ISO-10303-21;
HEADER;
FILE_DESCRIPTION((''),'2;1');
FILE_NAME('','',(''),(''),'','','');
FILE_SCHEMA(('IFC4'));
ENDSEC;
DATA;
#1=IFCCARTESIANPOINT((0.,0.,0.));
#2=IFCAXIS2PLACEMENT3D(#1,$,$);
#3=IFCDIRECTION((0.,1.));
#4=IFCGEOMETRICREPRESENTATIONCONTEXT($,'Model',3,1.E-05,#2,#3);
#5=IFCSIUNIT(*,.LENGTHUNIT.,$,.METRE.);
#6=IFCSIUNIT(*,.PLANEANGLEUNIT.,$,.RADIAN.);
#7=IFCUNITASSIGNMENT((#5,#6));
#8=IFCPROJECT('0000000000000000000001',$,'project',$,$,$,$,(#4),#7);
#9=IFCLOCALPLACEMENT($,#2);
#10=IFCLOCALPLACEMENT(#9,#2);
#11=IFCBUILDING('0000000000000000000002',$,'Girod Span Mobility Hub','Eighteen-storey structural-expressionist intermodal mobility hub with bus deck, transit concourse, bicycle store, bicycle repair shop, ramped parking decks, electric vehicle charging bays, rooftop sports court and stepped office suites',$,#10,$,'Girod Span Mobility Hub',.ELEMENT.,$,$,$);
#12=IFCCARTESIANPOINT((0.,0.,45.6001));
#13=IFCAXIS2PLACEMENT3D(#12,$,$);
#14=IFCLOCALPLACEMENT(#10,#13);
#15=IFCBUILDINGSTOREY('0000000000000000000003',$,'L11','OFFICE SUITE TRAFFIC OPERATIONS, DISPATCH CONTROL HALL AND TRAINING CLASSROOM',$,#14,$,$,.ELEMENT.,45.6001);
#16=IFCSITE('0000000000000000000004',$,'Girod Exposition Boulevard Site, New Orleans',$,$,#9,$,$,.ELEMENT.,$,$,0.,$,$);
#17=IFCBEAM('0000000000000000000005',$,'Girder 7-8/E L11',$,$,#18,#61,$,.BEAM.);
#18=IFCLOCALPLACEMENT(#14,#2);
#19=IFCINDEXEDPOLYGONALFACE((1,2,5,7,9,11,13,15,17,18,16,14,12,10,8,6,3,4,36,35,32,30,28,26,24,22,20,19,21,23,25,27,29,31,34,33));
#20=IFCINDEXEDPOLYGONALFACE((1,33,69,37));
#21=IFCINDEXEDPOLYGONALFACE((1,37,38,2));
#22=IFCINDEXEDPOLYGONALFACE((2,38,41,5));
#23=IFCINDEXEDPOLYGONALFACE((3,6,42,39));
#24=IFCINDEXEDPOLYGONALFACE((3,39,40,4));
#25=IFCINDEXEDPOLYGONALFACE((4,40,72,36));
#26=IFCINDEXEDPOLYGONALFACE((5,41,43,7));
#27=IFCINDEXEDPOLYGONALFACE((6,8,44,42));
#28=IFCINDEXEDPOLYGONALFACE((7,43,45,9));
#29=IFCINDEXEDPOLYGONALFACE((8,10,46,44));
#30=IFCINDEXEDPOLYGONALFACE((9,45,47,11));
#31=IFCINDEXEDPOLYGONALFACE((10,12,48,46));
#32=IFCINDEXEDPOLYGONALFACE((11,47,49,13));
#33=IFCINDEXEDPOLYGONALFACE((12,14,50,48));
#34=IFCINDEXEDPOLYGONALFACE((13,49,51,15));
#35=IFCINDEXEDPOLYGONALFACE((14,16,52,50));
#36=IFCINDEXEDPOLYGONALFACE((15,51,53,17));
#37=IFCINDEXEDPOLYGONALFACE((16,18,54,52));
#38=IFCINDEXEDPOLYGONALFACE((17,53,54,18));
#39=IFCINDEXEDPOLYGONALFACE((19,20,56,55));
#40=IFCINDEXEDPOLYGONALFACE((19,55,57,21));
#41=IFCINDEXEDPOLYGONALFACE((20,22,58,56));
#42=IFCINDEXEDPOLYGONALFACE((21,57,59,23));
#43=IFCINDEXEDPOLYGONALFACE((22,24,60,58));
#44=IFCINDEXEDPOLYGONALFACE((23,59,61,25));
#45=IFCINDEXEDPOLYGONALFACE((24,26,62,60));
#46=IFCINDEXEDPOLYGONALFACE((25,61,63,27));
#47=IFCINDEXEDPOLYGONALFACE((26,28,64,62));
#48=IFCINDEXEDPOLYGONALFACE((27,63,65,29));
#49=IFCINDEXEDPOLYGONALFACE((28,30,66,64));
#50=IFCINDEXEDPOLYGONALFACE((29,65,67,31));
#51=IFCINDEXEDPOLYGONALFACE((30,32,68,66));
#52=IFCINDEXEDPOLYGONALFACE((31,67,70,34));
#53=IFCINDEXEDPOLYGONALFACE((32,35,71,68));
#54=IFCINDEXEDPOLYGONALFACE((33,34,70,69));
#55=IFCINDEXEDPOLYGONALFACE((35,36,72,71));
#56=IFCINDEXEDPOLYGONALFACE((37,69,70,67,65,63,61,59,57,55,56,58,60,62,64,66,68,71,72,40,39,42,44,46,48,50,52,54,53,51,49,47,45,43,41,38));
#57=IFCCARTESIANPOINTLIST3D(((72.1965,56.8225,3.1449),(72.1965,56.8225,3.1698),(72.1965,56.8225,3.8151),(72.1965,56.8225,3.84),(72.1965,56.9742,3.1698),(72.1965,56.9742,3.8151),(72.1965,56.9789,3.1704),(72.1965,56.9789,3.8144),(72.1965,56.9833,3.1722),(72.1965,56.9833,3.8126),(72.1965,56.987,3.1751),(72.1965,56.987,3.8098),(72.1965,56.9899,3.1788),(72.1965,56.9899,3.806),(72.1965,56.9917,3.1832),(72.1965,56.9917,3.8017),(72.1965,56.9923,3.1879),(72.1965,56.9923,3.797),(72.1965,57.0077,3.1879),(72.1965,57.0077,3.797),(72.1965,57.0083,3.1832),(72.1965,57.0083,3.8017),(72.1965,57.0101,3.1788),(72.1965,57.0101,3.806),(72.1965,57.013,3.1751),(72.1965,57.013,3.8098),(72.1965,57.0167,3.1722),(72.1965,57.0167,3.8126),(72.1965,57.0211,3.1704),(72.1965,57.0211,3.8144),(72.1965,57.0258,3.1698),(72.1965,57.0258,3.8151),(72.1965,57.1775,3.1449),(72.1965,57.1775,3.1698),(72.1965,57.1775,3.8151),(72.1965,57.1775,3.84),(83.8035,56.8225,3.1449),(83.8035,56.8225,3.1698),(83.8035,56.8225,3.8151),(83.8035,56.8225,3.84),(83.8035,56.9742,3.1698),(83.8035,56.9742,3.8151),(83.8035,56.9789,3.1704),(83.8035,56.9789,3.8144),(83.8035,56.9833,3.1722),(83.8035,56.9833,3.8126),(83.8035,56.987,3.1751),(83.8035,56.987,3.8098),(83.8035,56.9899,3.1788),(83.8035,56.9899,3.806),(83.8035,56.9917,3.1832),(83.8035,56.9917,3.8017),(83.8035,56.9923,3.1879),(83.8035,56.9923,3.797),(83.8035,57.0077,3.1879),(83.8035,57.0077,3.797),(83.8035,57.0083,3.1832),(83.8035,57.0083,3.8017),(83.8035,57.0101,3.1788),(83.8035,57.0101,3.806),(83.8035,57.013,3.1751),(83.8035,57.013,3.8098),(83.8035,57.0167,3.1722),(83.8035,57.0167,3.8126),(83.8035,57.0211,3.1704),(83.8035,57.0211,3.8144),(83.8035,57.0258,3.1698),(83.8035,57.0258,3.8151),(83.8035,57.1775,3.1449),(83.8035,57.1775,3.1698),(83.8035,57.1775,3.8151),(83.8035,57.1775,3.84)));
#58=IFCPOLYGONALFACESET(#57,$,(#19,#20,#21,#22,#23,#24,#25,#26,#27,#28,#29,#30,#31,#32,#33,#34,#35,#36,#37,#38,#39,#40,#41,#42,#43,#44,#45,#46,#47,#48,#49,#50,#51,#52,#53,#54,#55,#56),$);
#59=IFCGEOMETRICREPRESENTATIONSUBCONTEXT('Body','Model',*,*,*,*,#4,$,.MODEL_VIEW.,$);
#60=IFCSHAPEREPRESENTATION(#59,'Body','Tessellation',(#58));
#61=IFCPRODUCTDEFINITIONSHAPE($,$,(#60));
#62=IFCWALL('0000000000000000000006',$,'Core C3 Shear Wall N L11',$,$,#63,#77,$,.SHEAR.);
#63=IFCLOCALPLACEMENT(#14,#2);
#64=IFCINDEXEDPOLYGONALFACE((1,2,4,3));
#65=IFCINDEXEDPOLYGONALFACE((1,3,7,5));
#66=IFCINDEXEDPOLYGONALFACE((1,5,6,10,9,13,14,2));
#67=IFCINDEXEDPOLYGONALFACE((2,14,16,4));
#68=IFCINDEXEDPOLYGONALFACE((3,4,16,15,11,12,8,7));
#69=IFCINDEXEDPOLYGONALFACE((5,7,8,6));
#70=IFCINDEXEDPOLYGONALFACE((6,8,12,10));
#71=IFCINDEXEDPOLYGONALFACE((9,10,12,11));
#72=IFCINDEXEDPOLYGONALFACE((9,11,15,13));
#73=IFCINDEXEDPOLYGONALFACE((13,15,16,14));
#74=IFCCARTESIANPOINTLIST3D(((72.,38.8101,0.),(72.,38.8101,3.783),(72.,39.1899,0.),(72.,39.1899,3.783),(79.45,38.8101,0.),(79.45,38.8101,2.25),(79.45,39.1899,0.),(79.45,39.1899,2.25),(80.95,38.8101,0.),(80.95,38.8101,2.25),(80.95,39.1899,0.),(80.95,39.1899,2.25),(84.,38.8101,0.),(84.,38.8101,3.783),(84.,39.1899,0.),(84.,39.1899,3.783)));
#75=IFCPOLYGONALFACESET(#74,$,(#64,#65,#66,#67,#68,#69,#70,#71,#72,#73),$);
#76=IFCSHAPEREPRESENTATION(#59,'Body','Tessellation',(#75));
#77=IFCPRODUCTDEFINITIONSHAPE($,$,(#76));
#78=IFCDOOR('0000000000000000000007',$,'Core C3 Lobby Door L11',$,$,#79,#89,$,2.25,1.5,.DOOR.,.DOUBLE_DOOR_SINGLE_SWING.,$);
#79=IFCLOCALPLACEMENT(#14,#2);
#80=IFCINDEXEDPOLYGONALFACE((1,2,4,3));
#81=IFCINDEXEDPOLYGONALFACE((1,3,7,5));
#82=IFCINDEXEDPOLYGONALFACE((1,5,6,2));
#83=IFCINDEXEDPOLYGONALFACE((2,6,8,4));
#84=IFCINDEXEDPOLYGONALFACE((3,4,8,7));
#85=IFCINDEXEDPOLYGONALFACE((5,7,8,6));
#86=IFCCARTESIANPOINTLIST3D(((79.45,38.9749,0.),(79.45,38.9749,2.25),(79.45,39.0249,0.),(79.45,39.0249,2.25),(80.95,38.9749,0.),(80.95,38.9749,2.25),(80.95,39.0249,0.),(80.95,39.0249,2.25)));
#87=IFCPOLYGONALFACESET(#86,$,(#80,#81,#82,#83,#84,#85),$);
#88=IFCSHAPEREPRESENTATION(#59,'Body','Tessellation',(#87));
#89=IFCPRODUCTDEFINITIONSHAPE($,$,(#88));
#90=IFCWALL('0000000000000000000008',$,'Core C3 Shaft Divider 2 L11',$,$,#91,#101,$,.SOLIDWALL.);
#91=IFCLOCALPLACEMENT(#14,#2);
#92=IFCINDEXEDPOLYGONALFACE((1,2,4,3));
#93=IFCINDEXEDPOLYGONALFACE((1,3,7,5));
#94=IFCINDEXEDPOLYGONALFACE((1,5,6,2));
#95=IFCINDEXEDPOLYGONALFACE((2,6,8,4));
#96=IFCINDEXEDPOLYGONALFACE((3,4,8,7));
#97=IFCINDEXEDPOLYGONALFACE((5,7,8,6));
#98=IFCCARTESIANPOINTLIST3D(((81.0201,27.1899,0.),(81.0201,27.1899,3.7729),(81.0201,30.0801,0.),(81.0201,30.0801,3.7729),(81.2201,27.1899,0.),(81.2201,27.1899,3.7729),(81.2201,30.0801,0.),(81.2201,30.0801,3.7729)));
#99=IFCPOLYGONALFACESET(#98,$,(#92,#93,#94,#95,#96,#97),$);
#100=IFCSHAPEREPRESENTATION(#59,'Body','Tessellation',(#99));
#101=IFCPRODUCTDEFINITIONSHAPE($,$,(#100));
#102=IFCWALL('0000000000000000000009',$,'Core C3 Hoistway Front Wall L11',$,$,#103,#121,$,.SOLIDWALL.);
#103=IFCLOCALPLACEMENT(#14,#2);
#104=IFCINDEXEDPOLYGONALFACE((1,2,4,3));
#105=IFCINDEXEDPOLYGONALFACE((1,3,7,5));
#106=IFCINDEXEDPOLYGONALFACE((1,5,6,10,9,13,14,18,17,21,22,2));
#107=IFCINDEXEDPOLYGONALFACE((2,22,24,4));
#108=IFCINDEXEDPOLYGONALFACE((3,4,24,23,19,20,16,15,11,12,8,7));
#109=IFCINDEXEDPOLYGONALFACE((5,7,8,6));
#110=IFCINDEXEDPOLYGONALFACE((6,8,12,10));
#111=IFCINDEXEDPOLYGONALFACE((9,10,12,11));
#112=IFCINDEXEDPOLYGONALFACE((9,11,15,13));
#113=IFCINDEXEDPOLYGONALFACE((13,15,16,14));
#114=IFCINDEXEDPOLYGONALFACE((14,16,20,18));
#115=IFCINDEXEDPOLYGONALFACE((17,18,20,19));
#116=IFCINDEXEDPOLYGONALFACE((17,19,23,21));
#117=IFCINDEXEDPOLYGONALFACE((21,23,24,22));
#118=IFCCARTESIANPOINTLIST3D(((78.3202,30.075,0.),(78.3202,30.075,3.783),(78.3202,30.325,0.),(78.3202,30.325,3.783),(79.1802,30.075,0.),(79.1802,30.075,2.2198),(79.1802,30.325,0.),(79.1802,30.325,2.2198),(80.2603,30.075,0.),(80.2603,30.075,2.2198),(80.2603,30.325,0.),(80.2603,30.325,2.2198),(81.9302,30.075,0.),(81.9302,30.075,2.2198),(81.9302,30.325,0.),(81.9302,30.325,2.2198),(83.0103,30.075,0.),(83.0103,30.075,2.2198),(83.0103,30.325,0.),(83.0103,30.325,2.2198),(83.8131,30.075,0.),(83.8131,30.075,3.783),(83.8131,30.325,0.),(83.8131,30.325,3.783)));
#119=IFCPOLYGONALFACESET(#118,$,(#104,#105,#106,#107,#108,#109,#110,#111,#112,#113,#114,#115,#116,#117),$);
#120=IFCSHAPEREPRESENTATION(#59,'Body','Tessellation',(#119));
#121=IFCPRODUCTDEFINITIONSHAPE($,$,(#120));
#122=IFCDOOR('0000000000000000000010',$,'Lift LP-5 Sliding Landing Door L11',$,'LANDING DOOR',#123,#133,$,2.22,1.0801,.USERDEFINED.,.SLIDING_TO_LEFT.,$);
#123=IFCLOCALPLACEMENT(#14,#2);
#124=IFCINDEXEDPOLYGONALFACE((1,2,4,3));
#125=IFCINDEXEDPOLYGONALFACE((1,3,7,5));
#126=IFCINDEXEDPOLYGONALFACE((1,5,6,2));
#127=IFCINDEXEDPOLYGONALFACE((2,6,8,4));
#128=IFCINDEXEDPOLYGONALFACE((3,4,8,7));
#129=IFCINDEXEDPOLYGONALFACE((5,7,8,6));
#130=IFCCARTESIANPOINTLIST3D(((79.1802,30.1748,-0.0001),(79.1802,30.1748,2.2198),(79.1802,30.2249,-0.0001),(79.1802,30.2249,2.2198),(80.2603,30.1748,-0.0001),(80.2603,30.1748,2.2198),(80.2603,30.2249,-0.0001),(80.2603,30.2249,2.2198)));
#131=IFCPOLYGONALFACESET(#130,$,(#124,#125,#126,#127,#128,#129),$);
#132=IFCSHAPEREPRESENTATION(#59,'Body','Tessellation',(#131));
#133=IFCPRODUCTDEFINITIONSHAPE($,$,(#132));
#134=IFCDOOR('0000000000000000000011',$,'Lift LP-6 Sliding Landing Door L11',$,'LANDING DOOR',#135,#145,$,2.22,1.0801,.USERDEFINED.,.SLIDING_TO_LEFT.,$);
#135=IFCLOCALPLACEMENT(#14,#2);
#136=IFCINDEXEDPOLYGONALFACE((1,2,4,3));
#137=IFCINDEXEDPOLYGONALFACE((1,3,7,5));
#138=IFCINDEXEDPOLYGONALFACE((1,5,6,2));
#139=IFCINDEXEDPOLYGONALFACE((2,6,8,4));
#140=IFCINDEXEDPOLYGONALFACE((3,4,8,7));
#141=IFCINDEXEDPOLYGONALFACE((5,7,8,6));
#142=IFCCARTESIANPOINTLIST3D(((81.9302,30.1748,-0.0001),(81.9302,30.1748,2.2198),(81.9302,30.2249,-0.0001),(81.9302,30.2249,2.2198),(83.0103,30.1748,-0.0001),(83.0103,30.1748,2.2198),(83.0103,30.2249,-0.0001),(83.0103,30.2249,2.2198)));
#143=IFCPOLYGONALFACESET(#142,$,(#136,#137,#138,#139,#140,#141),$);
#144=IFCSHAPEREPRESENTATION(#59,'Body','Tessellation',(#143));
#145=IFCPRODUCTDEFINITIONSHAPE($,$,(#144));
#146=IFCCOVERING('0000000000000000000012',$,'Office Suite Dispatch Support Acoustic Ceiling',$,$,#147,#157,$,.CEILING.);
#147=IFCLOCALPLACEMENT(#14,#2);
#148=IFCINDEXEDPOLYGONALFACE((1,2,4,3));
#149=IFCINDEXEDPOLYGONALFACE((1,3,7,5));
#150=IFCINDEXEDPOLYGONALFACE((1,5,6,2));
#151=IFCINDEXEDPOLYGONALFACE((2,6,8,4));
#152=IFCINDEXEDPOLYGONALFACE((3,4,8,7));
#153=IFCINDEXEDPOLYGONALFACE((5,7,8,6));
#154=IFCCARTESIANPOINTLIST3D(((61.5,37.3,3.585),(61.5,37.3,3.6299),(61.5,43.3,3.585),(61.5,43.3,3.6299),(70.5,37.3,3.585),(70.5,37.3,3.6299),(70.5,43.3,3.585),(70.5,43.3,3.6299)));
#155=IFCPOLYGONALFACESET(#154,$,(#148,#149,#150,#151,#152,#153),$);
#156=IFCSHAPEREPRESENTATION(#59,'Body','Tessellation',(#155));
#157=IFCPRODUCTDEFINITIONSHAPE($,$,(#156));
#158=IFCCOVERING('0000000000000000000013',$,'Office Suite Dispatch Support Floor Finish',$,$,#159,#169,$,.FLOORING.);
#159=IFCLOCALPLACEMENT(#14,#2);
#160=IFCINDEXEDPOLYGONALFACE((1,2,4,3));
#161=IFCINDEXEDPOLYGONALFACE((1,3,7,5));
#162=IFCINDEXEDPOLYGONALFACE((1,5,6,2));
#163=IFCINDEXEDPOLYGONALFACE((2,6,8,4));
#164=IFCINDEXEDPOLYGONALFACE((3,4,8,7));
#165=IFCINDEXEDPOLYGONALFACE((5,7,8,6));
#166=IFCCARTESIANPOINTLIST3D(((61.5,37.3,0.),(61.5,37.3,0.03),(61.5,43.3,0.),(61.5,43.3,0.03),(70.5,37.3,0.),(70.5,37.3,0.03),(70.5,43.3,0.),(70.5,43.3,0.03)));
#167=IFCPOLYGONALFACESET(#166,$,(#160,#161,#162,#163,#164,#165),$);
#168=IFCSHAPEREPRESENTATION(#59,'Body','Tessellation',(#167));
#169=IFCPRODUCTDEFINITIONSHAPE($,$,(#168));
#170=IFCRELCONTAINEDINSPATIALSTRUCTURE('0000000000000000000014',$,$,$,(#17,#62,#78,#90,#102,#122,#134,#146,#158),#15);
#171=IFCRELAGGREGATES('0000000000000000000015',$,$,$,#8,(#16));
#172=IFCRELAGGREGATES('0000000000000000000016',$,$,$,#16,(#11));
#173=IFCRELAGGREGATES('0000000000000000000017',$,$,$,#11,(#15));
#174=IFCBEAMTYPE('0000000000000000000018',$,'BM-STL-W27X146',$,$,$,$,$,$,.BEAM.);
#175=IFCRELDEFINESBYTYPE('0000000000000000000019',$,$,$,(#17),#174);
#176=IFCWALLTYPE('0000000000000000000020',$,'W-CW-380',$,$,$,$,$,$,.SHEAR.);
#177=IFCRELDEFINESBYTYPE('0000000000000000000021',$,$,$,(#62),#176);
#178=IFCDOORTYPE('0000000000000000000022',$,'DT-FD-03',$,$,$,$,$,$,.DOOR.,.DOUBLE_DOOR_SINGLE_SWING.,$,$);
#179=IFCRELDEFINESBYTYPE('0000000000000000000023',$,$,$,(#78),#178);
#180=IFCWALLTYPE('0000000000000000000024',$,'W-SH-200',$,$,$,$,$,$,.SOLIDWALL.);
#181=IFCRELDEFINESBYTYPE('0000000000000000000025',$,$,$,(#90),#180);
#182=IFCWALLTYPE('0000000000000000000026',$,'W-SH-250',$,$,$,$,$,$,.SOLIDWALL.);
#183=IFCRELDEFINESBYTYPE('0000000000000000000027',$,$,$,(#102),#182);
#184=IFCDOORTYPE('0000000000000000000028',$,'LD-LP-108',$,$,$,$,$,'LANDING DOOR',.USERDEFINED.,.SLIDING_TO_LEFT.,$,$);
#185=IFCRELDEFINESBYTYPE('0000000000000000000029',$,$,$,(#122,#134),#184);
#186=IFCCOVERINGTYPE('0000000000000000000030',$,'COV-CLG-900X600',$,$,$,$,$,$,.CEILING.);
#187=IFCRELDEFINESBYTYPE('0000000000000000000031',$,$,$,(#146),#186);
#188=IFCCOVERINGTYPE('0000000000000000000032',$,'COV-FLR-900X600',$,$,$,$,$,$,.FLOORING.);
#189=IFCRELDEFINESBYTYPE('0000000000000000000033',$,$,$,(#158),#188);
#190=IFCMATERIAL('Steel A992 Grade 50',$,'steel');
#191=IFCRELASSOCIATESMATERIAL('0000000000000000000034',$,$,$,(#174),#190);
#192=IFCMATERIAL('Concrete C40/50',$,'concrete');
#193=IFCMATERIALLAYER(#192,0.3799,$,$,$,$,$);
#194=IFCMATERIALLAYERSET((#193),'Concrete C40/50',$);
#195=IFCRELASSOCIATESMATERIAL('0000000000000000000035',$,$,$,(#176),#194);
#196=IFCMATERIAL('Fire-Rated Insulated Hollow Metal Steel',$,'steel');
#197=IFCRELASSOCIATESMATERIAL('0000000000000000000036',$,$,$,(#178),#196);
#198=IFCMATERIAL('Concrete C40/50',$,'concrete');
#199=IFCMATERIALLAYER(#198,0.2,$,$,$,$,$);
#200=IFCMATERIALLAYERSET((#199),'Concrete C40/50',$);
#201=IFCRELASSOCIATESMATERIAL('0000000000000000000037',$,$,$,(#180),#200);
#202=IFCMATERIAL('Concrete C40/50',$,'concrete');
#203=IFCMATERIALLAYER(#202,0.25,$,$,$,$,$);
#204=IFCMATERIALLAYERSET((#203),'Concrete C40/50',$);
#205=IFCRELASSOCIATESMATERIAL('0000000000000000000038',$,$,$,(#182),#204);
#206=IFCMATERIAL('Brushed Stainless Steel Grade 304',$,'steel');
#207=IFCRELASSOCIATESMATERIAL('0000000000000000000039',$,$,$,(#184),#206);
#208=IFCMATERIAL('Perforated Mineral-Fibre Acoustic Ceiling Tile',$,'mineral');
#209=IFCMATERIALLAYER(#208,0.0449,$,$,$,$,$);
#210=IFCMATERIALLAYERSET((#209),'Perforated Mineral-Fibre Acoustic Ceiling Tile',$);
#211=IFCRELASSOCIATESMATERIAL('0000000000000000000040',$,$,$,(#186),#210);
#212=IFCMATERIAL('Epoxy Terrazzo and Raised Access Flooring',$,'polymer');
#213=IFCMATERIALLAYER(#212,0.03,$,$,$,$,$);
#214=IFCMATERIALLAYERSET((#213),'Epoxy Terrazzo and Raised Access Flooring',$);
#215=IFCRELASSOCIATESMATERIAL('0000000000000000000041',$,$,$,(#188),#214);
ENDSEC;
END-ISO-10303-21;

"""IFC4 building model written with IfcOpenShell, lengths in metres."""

from ifc_helpers import new_model, si_unit, direction, frame, frame_2d, origin, origin_2d, place, context, subcontext, project, spatial, rectangle, i_section, extrude, material, layer, layer_set, material_profile, profile_set, type_object, element, fill, save


model = new_model("IFC4")

# Units and contexts
model_context = context("Model", 3, precision=1e-05, world=origin(), true_north=direction((0.0, 1.0)))
body_context = subcontext(model_context, "Body", "Model", "MODEL_VIEW")
ifc_project = project(units=[si_unit("LENGTHUNIT", "METRE"), si_unit("PLANEANGLEUNIT", "RADIAN")], contexts=[model_context])

# Site, building, storey
site_placement = place(None, origin())
site = spatial("IfcSite", under=ifc_project, at=site_placement, Name="Girod Exposition Boulevard Site, New Orleans", CompositionType="ELEMENT", RefElevation=0.0)
building_placement = place(site_placement, origin())
building = spatial("IfcBuilding", under=site, at=building_placement, Name="Girod Span Mobility Hub", Description="Eighteen-storey structural-expressionist intermodal mobility hub with bus deck, transit concourse, bicycle store, bicycle repair shop, ramped parking decks, electric vehicle charging bays, rooftop sports court and stepped office suites", LongName="Girod Span Mobility Hub", CompositionType="ELEMENT")
storey_placement = place(building_placement, frame((0.0, 0.0, 45.6001)))
storey = spatial("IfcBuildingStorey", under=building, at=storey_placement, Name="L11", Description="OFFICE SUITE TRAFFIC OPERATIONS, DISPATCH CONTROL HALL AND TRAINING CLASSROOM", CompositionType="ELEMENT", Elevation=45.6001)

# Beam
ifc_material_1 = material(Name="Steel A992 Grade 50", Category="steel")
ifc_material_profile_1 = material_profile(ifc_material_1, i_section(OverallWidth=0.355, OverallDepth=0.6951, WebThickness=0.0154, FlangeThickness=0.0249, FilletRadius=0.0181, at=origin_2d()), Name="W27X146")
ifc_profile_set_1 = profile_set([ifc_material_profile_1], Name="Steel A992 Grade 50")
beam_type_1 = type_object("IfcBeamType", Name="BM-STL-W27X146", PredefinedType="BEAM", material=ifc_profile_set_1)
for number, where, z_axis, x_axis, name in (
    (1, (72.1965, 57.0, 3.4924), (1.0, 0.0, 0.0), (0.0, 1.0, 0.0), "Girder 7-8/E L11"),
):
    element("IfcBeam", number, at=place(storey_placement, frame(where, z_axis=z_axis, x_axis=x_axis)), inside=storey, type_object=beam_type_1, Name=name, PredefinedType="BEAM", context=body_context, shape_type="SweptSolid", body=[
        extrude(i_section(OverallWidth=0.355, OverallDepth=0.6951, WebThickness=0.0154, FlangeThickness=0.0249, FilletRadius=0.0181, at=origin_2d()), origin(), (0.0, 0.0, 1.0), 11.6069),
    ])

# Wall, opening, door
ifc_material_2 = material(Name="Concrete C40/50", Category="concrete")
ifc_layer_1 = layer(ifc_material_2, 0.3799)
ifc_layer_set_1 = layer_set([ifc_layer_1], Name="Concrete C40/50")
wall_type_1 = type_object("IfcWallType", Name="W-CW-380", PredefinedType="SHEAR", material=ifc_layer_set_1)
wall_1_placement = place(storey_placement, frame((72.0, 39.0, 0.0), z_axis=(0.0, 0.0, 1.0), x_axis=(1.0, 0.0, 0.0)))
wall_1 = element("IfcWall", 2, at=wall_1_placement, inside=storey, type_object=wall_type_1, Name="Core C3 Shear Wall N L11", PredefinedType="SHEAR", context=body_context, shape_type="SweptSolid", body=[
    extrude(rectangle(XDim=12.0, YDim=0.3799, at=frame_2d((6.0, 0.0))), origin(), (0.0, 0.0, 1.0), 3.783),
])
opening_1_placement = place(wall_1_placement, frame((7.45, 0.0, 0.0)))
opening_1 = element("IfcOpeningElement", 3, at=opening_1_placement, cuts=wall_1, PredefinedType="OPENING", context=body_context, shape_type="SweptSolid", body=[
    extrude(rectangle(XDim=1.5, YDim=2.25, at=frame_2d((0.75, 1.125))), frame((0.0, 0.2048, 0.0), z_axis=(0.0, -1.0, 0.0), x_axis=(1.0, 0.0, 0.0)), (0.0, 0.0, 1.0), 0.4099),
])
ifc_material_3 = material(Name="Fire-Rated Insulated Hollow Metal Steel", Category="steel")
door_type_1 = type_object("IfcDoorType", Name="DT-FD-03", OperationType="DOUBLE_DOOR_SINGLE_SWING", PredefinedType="DOOR", material=ifc_material_3)
door_1_placement = place(opening_1_placement, origin())
door_1 = element("IfcDoor", 4, at=door_1_placement, inside=storey, type_object=door_type_1, Name="Core C3 Lobby Door L11", OperationType="DOUBLE_DOOR_SINGLE_SWING", OverallHeight=2.25, OverallWidth=1.5, PredefinedType="DOOR", context=body_context, shape_type="SweptSolid", body=[
    extrude(rectangle(XDim=1.5, YDim=2.25, at=frame_2d((0.75, 1.125))), frame((0.0, 0.0249, 0.0), z_axis=(0.0, -1.0, 0.0), x_axis=(1.0, 0.0, 0.0)), (0.0, 0.0, 1.0), 0.05),
])
fill(opening_1, door_1)

# Wall
ifc_material_4 = material(Name="Concrete C40/50", Category="concrete")
ifc_layer_2 = layer(ifc_material_4, 0.2)
ifc_layer_set_2 = layer_set([ifc_layer_2], Name="Concrete C40/50")
wall_type_2 = type_object("IfcWallType", Name="W-SH-200", PredefinedType="SOLIDWALL", material=ifc_layer_set_2)
wall_2_placement = place(storey_placement, frame((81.1201, 27.1899, 0.0), z_axis=(0.0, 0.0, 1.0), x_axis=(0.0, 1.0, 0.0)))
element("IfcWall", 5, at=wall_2_placement, inside=storey, type_object=wall_type_2, Name="Core C3 Shaft Divider 2 L11", PredefinedType="SOLIDWALL", context=body_context, shape_type="SweptSolid", body=[
    extrude(rectangle(XDim=2.8901, YDim=0.2, at=frame_2d((1.4451, 0.0))), origin(), (0.0, 0.0, 1.0), 3.7729),
])

# Wall, openings, doors
ifc_material_5 = material(Name="Concrete C40/50", Category="concrete")
ifc_layer_3 = layer(ifc_material_5, 0.25)
ifc_layer_set_3 = layer_set([ifc_layer_3], Name="Concrete C40/50")
wall_type_3 = type_object("IfcWallType", Name="W-SH-250", PredefinedType="SOLIDWALL", material=ifc_layer_set_3)
wall_3_placement = place(storey_placement, frame((78.3201, 30.2, 0.0), z_axis=(0.0, 0.0, 1.0), x_axis=(1.0, 0.0, 0.0)))
wall_3 = element("IfcWall", 6, at=wall_3_placement, inside=storey, type_object=wall_type_3, Name="Core C3 Hoistway Front Wall L11", PredefinedType="SOLIDWALL", context=body_context, shape_type="SweptSolid", body=[
    extrude(rectangle(XDim=5.4929, YDim=0.25, at=frame_2d((2.7466, 0.0))), origin(), (0.0, 0.0, 1.0), 3.783),
])
opening_2_placement = place(wall_3_placement, frame((0.8601, 0.0, 0.0)))
opening_2 = element("IfcOpeningElement", 7, at=opening_2_placement, cuts=wall_3, PredefinedType="OPENING", context=body_context, shape_type="SweptSolid", body=[
    extrude(rectangle(XDim=1.0801, YDim=2.22, at=frame_2d((0.54, 1.1099))), frame((0.0, 0.1399, 0.0), z_axis=(0.0, -1.0, 0.0), x_axis=(1.0, 0.0, 0.0)), (0.0, 0.0, 1.0), 0.28),
])
opening_3_placement = place(wall_3_placement, frame((3.6101, 0.0, 0.0)))
opening_3 = element("IfcOpeningElement", 8, at=opening_3_placement, cuts=wall_3, PredefinedType="OPENING", context=body_context, shape_type="SweptSolid", body=[
    extrude(rectangle(XDim=1.0801, YDim=2.22, at=frame_2d((0.54, 1.1099))), frame((0.0, 0.1399, 0.0), z_axis=(0.0, -1.0, 0.0), x_axis=(1.0, 0.0, 0.0)), (0.0, 0.0, 1.0), 0.28),
])
ifc_material_6 = material(Name="Brushed Stainless Steel Grade 304", Category="steel")
door_type_2 = type_object("IfcDoorType", Name="LD-LP-108", ElementType="LANDING DOOR", OperationType="SLIDING_TO_LEFT", PredefinedType="USERDEFINED", material=ifc_material_6)
door_2_placement = place(opening_2_placement, origin())
door_2 = element("IfcDoor", 9, at=door_2_placement, inside=storey, type_object=door_type_2, Name="Lift LP-5 Sliding Landing Door L11", ObjectType="LANDING DOOR", OperationType="SLIDING_TO_LEFT", OverallHeight=2.22, OverallWidth=1.0801, PredefinedType="USERDEFINED", context=body_context, shape_type="SweptSolid", body=[
    extrude(rectangle(XDim=1.0801, YDim=2.22, at=frame_2d((0.54, 1.1099))), frame((0.0, 0.0249, 0.0), z_axis=(0.0, -1.0, 0.0), x_axis=(1.0, 0.0, 0.0)), (0.0, 0.0, 1.0), 0.05),
])
fill(opening_2, door_2)
door_3_placement = place(opening_3_placement, origin())
door_3 = element("IfcDoor", 10, at=door_3_placement, inside=storey, type_object=door_type_2, Name="Lift LP-6 Sliding Landing Door L11", ObjectType="LANDING DOOR", OperationType="SLIDING_TO_LEFT", OverallHeight=2.22, OverallWidth=1.0801, PredefinedType="USERDEFINED", context=body_context, shape_type="SweptSolid", body=[
    extrude(rectangle(XDim=1.0801, YDim=2.22, at=frame_2d((0.54, 1.1099))), frame((0.0, 0.0249, 0.0), z_axis=(0.0, -1.0, 0.0), x_axis=(1.0, 0.0, 0.0)), (0.0, 0.0, 1.0), 0.05),
])
fill(opening_3, door_3)

# Coverings
ifc_material_7 = material(Name="Perforated Mineral-Fibre Acoustic Ceiling Tile", Category="mineral")
ifc_layer_4 = layer(ifc_material_7, 0.0449)
ifc_layer_set_4 = layer_set([ifc_layer_4], Name="Perforated Mineral-Fibre Acoustic Ceiling Tile")
covering_type_1 = type_object("IfcCoveringType", Name="COV-CLG-900X600", PredefinedType="CEILING", material=ifc_layer_set_4)
covering_1_placement = place(storey_placement, frame((66.0, 40.3, 3.585), z_axis=(0.0, 0.0, 1.0), x_axis=(1.0, 0.0, 0.0)))
element("IfcCovering", 11, at=covering_1_placement, inside=storey, type_object=covering_type_1, Name="Office Suite Dispatch Support Acoustic Ceiling", PredefinedType="CEILING", context=body_context, shape_type="SweptSolid", body=[
    extrude(rectangle(XDim=9.0, YDim=6.0, at=origin_2d()), origin(), (0.0, 0.0, 1.0), 0.0449),
])
ifc_material_8 = material(Name="Epoxy Terrazzo and Raised Access Flooring", Category="polymer")
ifc_layer_5 = layer(ifc_material_8, 0.03)
ifc_layer_set_5 = layer_set([ifc_layer_5], Name="Epoxy Terrazzo and Raised Access Flooring")
covering_type_2 = type_object("IfcCoveringType", Name="COV-FLR-900X600", PredefinedType="FLOORING", material=ifc_layer_set_5)
covering_2_placement = place(storey_placement, frame((66.0, 40.3, 0.0), z_axis=(0.0, 0.0, 1.0), x_axis=(1.0, 0.0, 0.0)))
element("IfcCovering", 12, at=covering_2_placement, inside=storey, type_object=covering_type_2, Name="Office Suite Dispatch Support Floor Finish", PredefinedType="FLOORING", context=body_context, shape_type="SweptSolid", body=[
    extrude(rectangle(XDim=9.0, YDim=6.0, at=origin_2d()), origin(), (0.0, 0.0, 1.0), 0.03),
])

save(model, "model.ifc")
